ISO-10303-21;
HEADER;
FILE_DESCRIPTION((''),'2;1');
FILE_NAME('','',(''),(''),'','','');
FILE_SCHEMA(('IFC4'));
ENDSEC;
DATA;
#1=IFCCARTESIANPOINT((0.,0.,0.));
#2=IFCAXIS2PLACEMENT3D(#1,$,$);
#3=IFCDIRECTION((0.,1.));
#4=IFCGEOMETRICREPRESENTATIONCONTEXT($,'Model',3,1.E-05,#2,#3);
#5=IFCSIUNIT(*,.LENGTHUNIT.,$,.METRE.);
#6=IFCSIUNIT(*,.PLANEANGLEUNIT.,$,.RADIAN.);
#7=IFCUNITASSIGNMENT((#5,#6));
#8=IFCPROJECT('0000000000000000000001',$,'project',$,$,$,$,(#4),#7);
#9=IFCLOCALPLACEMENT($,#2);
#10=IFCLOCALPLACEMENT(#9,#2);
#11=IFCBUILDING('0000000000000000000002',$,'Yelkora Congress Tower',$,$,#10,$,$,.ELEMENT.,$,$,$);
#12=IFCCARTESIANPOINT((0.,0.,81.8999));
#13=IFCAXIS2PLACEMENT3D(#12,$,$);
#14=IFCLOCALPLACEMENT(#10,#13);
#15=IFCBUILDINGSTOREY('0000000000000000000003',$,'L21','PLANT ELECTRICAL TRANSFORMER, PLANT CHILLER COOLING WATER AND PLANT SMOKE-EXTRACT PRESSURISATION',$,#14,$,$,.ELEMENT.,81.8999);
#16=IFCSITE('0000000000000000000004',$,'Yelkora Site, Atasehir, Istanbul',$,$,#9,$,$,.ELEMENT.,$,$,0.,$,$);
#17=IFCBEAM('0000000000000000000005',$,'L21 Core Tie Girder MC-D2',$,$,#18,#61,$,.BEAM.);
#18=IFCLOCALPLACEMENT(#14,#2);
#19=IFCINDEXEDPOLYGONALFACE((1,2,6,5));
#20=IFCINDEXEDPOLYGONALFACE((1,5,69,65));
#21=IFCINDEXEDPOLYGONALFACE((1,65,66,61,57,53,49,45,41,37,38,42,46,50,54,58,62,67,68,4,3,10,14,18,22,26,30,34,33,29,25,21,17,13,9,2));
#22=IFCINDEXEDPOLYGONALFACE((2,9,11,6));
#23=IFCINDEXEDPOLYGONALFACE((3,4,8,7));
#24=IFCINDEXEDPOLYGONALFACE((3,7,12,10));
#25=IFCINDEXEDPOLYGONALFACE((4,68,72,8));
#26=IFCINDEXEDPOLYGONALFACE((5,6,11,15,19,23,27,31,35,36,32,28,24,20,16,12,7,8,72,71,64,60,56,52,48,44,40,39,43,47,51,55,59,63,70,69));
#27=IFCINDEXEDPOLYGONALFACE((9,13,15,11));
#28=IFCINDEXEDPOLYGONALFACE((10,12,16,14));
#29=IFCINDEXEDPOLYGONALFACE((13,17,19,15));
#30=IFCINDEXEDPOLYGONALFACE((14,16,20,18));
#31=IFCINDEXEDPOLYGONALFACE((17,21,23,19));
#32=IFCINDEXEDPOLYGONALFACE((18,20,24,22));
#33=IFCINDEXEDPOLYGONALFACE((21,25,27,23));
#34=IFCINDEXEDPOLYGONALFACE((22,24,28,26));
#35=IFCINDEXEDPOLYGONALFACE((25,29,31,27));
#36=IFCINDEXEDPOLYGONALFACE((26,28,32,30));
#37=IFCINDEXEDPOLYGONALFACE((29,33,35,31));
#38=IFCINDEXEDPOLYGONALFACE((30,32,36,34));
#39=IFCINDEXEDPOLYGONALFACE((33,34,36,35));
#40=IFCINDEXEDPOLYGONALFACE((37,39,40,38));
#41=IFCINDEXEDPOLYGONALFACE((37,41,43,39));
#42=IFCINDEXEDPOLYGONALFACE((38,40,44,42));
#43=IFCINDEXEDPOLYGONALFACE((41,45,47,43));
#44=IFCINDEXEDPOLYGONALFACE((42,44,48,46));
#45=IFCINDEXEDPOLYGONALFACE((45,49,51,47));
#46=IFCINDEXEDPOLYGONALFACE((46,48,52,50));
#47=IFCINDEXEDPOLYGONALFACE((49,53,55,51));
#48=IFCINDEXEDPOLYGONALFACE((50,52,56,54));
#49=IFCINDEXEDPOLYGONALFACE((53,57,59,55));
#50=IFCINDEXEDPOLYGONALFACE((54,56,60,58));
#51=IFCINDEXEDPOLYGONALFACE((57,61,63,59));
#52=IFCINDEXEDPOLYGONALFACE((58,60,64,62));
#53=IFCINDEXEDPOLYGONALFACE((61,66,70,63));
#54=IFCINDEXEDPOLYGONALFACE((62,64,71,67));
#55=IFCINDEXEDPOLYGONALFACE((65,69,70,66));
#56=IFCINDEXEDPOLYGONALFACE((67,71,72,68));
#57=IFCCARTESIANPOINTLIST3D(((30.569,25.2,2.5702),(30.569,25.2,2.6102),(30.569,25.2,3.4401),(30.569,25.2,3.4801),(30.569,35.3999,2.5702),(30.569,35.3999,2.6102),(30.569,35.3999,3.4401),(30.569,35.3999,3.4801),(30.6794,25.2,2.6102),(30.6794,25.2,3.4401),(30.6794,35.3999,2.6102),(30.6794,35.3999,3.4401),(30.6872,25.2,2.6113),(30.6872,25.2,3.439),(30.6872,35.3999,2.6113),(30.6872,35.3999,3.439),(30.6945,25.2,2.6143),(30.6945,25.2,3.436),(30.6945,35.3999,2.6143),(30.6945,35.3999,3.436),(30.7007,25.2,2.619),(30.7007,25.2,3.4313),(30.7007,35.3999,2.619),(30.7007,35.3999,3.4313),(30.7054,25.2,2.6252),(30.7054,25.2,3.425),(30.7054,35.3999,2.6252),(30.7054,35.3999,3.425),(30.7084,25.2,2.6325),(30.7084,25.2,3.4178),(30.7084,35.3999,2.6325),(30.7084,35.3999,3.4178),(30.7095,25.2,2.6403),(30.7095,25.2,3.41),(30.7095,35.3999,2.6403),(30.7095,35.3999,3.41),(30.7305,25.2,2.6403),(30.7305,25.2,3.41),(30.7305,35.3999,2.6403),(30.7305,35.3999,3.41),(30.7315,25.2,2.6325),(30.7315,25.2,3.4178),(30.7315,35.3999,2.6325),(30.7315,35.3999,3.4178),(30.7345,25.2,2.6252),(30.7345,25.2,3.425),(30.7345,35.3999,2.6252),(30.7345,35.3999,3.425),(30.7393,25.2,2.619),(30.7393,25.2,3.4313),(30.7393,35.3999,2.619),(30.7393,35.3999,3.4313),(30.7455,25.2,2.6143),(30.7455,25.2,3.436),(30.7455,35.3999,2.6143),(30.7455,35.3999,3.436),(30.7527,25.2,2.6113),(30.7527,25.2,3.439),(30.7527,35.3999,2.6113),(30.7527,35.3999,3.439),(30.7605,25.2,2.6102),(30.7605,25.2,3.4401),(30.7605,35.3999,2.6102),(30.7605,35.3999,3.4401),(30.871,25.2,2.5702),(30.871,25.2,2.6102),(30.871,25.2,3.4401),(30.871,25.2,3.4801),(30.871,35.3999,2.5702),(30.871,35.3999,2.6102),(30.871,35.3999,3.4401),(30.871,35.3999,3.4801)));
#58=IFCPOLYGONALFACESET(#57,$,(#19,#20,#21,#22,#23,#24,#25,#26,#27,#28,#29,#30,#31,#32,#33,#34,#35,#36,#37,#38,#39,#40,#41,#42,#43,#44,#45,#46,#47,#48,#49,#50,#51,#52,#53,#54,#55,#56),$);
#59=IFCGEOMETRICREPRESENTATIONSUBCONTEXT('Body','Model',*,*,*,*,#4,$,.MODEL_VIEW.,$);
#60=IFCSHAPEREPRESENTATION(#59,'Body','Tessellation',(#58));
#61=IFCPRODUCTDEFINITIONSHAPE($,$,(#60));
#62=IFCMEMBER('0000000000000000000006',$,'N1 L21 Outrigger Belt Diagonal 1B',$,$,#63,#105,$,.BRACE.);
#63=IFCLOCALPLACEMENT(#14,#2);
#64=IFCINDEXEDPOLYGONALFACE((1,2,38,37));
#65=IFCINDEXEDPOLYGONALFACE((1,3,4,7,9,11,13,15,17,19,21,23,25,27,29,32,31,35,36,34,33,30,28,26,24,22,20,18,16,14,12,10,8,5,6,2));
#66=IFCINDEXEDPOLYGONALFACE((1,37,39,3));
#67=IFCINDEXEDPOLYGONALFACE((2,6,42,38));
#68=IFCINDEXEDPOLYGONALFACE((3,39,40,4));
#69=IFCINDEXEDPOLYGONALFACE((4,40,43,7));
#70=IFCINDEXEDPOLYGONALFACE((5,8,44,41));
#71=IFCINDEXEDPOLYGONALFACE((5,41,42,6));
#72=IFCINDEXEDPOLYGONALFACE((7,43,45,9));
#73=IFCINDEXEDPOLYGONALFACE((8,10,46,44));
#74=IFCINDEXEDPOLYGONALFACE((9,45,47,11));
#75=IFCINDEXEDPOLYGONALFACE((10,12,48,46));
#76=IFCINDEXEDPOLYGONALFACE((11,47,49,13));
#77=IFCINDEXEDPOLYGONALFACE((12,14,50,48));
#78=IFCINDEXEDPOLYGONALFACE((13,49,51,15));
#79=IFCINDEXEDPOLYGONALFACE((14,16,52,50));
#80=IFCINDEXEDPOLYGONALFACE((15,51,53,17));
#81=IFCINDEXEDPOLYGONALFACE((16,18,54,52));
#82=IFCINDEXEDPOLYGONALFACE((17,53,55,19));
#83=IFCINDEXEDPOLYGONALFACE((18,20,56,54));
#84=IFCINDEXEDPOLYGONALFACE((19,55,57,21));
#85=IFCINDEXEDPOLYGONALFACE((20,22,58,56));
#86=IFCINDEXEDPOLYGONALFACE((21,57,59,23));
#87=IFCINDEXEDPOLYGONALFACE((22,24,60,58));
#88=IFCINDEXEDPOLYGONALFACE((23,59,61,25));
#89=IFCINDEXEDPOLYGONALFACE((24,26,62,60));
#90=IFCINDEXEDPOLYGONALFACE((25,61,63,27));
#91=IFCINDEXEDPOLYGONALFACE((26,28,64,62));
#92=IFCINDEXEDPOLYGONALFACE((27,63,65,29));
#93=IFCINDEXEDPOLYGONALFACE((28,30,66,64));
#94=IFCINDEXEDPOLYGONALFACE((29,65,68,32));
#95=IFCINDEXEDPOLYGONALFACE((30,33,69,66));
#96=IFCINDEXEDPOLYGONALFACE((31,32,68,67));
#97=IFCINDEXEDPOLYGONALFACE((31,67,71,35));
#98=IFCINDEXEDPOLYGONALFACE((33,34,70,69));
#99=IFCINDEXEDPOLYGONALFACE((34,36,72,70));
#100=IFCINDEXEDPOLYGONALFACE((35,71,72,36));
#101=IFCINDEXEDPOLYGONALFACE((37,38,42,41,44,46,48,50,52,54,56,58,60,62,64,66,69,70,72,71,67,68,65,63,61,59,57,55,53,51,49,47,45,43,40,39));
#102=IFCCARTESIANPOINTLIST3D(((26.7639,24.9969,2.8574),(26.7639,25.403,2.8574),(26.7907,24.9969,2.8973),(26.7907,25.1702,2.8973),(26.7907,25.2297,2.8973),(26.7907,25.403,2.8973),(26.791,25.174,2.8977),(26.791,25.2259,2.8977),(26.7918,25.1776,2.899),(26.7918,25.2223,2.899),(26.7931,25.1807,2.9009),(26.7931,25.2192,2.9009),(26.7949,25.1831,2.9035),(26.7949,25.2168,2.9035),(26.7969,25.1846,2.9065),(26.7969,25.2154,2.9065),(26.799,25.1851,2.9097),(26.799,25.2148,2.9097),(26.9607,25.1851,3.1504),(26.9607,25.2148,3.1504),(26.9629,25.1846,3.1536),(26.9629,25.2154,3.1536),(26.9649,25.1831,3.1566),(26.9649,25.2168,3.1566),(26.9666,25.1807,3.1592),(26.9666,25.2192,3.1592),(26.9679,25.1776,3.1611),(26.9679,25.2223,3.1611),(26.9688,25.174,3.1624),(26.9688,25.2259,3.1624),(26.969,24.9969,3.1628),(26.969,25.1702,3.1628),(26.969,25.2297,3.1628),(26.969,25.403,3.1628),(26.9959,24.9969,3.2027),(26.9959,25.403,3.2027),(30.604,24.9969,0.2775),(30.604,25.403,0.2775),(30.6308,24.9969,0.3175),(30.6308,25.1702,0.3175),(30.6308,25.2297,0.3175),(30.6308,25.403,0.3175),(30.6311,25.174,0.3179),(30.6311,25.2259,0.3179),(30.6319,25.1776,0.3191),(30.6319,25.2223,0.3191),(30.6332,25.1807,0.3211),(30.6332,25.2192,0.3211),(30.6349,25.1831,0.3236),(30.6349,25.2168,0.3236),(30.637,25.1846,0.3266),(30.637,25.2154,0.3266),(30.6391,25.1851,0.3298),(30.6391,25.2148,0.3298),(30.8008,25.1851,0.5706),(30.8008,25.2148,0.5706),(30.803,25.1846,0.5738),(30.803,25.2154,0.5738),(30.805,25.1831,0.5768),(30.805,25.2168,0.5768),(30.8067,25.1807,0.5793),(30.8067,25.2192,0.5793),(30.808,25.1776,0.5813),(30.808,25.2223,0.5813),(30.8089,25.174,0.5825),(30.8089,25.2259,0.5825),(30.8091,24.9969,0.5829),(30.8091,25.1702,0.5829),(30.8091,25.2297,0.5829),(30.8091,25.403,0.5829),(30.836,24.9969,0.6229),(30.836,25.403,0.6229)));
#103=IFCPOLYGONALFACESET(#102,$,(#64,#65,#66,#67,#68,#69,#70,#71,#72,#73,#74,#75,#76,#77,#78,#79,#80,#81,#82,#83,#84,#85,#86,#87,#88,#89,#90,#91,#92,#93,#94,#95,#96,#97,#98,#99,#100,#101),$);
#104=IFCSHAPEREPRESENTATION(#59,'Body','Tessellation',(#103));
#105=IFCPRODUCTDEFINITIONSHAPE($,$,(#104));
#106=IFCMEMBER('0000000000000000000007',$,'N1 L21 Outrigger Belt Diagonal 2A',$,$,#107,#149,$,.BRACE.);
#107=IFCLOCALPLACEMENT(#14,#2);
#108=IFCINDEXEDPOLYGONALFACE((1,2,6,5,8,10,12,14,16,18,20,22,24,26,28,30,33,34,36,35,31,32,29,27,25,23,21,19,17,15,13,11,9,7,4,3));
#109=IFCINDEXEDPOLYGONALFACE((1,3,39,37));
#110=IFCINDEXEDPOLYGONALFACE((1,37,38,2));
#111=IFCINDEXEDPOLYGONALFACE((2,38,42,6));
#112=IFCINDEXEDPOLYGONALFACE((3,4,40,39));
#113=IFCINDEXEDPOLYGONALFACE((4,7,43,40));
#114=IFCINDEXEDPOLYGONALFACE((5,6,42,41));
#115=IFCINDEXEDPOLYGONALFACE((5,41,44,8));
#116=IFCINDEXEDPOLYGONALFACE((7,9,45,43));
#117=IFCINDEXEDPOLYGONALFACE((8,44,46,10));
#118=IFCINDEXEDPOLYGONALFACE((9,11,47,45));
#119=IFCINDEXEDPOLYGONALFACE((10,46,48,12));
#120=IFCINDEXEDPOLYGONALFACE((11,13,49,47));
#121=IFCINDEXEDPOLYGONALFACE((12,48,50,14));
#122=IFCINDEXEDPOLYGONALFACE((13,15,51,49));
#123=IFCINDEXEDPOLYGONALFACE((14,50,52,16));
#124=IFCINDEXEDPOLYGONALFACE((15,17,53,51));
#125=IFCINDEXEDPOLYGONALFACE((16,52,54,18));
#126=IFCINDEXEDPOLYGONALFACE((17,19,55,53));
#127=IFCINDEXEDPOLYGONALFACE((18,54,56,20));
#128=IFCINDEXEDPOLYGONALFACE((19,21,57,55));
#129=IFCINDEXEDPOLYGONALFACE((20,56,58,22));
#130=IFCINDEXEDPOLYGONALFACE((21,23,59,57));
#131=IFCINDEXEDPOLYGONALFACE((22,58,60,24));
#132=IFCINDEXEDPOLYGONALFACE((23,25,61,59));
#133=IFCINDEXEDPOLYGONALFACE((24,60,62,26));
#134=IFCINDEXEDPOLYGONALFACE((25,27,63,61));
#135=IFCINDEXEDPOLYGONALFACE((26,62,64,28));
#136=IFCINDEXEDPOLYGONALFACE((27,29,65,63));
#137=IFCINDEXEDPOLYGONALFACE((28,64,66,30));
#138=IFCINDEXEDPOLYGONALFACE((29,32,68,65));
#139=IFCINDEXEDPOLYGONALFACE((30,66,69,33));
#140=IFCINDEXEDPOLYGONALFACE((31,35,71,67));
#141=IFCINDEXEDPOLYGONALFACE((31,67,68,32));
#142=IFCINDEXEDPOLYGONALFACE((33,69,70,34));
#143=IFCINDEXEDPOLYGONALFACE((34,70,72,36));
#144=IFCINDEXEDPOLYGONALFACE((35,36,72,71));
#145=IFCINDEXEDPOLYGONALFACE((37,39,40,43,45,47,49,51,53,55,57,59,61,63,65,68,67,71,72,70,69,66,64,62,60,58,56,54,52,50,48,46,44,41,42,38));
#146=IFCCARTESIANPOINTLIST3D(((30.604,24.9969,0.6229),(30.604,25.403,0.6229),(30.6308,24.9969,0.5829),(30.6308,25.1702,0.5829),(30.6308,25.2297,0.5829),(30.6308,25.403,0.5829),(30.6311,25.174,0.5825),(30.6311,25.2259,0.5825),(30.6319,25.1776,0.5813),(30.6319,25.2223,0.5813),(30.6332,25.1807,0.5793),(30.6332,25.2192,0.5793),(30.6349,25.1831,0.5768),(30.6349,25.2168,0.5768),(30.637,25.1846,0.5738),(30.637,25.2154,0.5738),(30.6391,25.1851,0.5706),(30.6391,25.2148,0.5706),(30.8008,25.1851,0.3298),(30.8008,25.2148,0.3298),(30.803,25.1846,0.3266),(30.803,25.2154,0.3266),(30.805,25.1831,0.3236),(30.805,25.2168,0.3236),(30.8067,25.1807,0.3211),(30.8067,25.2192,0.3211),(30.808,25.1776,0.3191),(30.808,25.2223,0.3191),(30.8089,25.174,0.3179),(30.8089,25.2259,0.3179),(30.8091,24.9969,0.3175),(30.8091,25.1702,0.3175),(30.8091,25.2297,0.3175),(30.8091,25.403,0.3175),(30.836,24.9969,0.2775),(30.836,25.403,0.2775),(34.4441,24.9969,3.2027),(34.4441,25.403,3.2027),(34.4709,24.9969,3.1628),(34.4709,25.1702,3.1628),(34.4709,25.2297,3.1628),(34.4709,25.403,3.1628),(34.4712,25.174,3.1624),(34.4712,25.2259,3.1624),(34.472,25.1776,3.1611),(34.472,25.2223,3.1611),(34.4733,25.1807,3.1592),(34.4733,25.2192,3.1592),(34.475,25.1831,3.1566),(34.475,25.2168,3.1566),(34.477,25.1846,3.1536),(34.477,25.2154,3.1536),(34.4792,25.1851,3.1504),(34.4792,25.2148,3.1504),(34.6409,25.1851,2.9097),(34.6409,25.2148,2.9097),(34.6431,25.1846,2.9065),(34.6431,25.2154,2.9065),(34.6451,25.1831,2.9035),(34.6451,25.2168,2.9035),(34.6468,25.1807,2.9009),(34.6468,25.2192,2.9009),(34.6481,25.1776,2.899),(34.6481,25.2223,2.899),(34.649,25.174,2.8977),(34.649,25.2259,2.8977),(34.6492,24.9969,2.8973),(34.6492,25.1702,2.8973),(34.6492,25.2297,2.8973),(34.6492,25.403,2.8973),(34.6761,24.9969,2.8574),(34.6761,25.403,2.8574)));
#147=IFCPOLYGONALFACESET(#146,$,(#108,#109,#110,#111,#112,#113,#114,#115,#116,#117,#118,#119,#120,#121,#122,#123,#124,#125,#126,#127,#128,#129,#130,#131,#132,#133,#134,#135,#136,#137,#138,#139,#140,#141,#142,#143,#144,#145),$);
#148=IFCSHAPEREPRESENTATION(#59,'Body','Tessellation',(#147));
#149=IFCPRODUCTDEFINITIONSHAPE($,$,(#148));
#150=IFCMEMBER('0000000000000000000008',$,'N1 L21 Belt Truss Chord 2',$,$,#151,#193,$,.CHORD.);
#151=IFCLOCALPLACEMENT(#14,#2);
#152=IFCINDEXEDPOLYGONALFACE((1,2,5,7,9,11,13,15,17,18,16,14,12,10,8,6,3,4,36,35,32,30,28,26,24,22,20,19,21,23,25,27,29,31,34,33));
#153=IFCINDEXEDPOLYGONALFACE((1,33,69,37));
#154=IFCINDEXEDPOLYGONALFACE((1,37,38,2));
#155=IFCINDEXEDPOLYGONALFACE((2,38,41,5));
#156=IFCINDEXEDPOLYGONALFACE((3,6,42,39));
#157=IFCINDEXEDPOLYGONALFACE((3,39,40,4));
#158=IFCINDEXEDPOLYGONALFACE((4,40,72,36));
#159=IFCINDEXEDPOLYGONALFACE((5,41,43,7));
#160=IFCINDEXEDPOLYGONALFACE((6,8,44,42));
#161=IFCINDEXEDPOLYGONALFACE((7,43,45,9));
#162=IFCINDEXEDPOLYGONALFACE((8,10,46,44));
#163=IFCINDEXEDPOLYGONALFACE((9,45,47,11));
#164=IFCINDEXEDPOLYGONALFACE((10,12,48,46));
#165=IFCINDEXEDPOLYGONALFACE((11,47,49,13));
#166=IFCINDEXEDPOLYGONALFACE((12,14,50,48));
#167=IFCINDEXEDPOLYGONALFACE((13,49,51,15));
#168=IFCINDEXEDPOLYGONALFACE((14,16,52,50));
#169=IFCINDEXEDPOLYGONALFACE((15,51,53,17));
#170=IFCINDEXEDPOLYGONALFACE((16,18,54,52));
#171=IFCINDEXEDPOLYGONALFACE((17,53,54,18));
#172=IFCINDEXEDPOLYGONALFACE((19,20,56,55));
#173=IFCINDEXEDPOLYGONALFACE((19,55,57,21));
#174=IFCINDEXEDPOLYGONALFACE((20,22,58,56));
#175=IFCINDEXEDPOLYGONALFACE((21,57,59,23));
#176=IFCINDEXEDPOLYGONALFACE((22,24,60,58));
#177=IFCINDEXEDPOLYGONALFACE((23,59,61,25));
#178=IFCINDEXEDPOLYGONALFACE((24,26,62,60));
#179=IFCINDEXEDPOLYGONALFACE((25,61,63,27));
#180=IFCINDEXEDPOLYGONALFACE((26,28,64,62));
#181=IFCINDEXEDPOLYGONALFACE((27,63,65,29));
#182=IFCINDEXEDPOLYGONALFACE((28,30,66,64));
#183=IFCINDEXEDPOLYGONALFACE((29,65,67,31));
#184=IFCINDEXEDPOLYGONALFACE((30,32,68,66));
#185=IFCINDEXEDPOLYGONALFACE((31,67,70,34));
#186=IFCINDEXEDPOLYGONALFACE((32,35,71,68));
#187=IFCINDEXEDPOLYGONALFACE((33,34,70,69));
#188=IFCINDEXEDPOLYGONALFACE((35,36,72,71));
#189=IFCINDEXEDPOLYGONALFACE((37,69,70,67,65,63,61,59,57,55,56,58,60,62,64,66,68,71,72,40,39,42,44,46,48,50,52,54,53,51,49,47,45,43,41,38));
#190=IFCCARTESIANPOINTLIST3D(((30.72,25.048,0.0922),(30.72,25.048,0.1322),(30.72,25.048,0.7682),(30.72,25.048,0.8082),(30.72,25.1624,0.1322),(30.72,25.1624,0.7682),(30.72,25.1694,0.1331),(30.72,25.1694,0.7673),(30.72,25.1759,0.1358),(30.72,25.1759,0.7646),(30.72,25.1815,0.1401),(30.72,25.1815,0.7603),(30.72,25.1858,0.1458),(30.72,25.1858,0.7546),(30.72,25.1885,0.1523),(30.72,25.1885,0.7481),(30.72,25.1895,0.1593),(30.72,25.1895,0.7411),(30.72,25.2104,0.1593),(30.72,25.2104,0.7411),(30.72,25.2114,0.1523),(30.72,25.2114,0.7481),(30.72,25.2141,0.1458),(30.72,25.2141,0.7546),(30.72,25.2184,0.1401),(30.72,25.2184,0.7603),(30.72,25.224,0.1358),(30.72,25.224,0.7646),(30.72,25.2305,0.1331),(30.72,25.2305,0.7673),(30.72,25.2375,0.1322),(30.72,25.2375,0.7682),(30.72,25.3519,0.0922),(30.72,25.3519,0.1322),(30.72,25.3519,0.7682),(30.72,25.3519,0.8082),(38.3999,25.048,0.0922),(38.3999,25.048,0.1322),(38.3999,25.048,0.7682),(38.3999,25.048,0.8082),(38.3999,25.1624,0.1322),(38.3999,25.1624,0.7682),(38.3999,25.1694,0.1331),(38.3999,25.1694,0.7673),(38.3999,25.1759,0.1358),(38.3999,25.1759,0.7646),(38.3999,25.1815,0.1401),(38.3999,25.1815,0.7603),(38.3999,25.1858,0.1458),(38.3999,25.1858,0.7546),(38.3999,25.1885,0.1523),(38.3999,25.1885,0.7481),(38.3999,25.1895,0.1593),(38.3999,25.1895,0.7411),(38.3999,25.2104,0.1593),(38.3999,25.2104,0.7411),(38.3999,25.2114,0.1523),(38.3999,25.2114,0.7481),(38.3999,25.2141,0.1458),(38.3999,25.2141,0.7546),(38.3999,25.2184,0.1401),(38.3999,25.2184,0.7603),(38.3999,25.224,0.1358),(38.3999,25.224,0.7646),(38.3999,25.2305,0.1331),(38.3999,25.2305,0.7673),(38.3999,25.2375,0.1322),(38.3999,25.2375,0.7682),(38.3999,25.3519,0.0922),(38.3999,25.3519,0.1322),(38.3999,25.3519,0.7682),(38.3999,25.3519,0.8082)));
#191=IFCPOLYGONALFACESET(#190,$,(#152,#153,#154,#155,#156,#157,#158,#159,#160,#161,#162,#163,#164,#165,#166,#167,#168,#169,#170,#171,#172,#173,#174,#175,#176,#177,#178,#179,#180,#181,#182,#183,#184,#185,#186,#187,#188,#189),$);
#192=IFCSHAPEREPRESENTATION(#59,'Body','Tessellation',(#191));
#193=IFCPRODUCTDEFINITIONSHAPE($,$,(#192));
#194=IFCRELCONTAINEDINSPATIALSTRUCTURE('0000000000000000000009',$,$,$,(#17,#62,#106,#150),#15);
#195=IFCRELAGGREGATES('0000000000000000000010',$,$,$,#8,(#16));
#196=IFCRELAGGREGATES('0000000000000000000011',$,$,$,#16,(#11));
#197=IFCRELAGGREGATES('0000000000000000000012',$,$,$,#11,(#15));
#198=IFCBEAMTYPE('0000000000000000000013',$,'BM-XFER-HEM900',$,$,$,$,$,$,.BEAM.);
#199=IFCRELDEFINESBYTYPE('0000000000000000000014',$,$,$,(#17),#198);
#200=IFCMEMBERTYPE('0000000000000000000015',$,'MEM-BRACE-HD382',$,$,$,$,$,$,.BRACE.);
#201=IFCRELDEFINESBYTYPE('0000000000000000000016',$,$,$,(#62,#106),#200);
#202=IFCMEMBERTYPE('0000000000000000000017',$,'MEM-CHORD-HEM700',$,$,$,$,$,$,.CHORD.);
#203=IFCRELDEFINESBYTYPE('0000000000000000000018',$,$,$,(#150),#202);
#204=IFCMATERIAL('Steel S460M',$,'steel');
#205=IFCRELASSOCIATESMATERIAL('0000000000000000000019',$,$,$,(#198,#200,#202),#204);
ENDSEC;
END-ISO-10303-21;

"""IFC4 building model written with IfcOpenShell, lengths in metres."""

from ifc_helpers import new_model, si_unit, direction, frame, origin, origin_2d, place, context, subcontext, project, spatial, i_section, extrude, material, material_profile, profile_set, type_object, element, save


model = new_model("IFC4")

# Units and contexts
model_context = context("Model", 3, precision=1e-05, world=origin(), true_north=direction((0.0, 1.0)))
body_context = subcontext(model_context, "Body", "Model", "MODEL_VIEW")
ifc_project = project(units=[si_unit("LENGTHUNIT", "METRE"), si_unit("PLANEANGLEUNIT", "RADIAN")], contexts=[model_context])

# Site, building, storey
site_placement = place(None, origin())
site = spatial("IfcSite", under=ifc_project, at=site_placement, Name="Yelkora Site, Atasehir, Istanbul", CompositionType="ELEMENT", RefElevation=0.0)
building_placement = place(site_placement, origin())
building = spatial("IfcBuilding", under=site, at=building_placement, Name="Yelkora Congress Tower", CompositionType="ELEMENT")
storey_placement = place(building_placement, frame((0.0, 0.0, 81.8999)))
storey = spatial("IfcBuildingStorey", under=building, at=storey_placement, Name="L21", Description="PLANT ELECTRICAL TRANSFORMER, PLANT CHILLER COOLING WATER AND PLANT SMOKE-EXTRACT PRESSURISATION", CompositionType="ELEMENT", Elevation=81.8999)

# Beam
ifc_material_1 = material(Name="Steel S460M", Category="steel")
ifc_material_profile_1 = material_profile(ifc_material_1, i_section(OverallWidth=0.302, OverallDepth=0.9099, WebThickness=0.021, FlangeThickness=0.04, FilletRadius=0.03, at=origin_2d()), Name="HEM 900")
ifc_profile_set_1 = profile_set([ifc_material_profile_1], Name="Steel S460M")
beam_type = type_object("IfcBeamType", Name="BM-XFER-HEM900", PredefinedType="BEAM", material=ifc_profile_set_1)
beam_placement = place(storey_placement, frame((30.72, 25.2, 3.0251), z_axis=(0.0, 1.0, 0.0), x_axis=(-1.0, 0.0, 0.0)))
element("IfcBeam", 1, at=beam_placement, inside=storey, type_object=beam_type, Name="L21 Core Tie Girder MC-D2", PredefinedType="BEAM", context=body_context, shape_type="SweptSolid", body=[
    extrude(i_section(OverallWidth=0.302, OverallDepth=0.9099, WebThickness=0.021, FlangeThickness=0.04, FilletRadius=0.03, at=origin_2d()), origin(), (0.0, 0.0, 1.0), 10.2),
])

# Members
ifc_material_profile_2 = material_profile(ifc_material_1, i_section(OverallWidth=0.406, OverallDepth=0.416, WebThickness=0.0298, FlangeThickness=0.0481, FilletRadius=0.0149, at=origin_2d()), Name="HD 400x382")
ifc_profile_set_2 = profile_set([ifc_material_profile_2], Name="Steel S460M")
member_type_1 = type_object("IfcMemberType", Name="MEM-BRACE-HD382", PredefinedType="BRACE", material=ifc_profile_set_2)
for number, where, z_axis, x_axis, name in (
    (2, (30.72, 25.2, 0.4502), (-0.830072, 0.0, 0.557656), (0.0, -1.0, 0.0), "N1 L21 Outrigger Belt Diagonal 1B"),
    (3, (30.72, 25.2, 0.4502), (0.830072, 0.0, 0.557656), (0.0, 1.0, 0.0), "N1 L21 Outrigger Belt Diagonal 2A"),
):
    element("IfcMember", number, at=place(storey_placement, frame(where, z_axis=z_axis, x_axis=x_axis)), inside=storey, type_object=member_type_1, Name=name, PredefinedType="BRACE", context=body_context, shape_type="SweptSolid", body=[
        extrude(i_section(OverallWidth=0.406, OverallDepth=0.416, WebThickness=0.0298, FlangeThickness=0.0481, FilletRadius=0.0149, at=origin_2d()), origin(), (0.0, 0.0, 1.0), 4.6262),
    ])
ifc_material_profile_3 = material_profile(ifc_material_1, i_section(OverallWidth=0.304, OverallDepth=0.7161, WebThickness=0.021, FlangeThickness=0.04, FilletRadius=0.0271, at=origin_2d()), Name="HEM 700")
ifc_profile_set_3 = profile_set([ifc_material_profile_3], Name="Steel S460M")
member_type_2 = type_object("IfcMemberType", Name="MEM-CHORD-HEM700", PredefinedType="CHORD", material=ifc_profile_set_3)
member_placement = place(storey_placement, frame((30.72, 25.2, 0.4502), z_axis=(1.0, 0.0, 0.0), x_axis=(0.0, 1.0, 0.0)))
element("IfcMember", 4, at=member_placement, inside=storey, type_object=member_type_2, Name="N1 L21 Belt Truss Chord 2", PredefinedType="CHORD", context=body_context, shape_type="SweptSolid", body=[
    extrude(i_section(OverallWidth=0.304, OverallDepth=0.7161, WebThickness=0.021, FlangeThickness=0.04, FilletRadius=0.0271, at=origin_2d()), origin(), (0.0, 0.0, 1.0), 7.6799),
])

save(model, "model.ifc")
